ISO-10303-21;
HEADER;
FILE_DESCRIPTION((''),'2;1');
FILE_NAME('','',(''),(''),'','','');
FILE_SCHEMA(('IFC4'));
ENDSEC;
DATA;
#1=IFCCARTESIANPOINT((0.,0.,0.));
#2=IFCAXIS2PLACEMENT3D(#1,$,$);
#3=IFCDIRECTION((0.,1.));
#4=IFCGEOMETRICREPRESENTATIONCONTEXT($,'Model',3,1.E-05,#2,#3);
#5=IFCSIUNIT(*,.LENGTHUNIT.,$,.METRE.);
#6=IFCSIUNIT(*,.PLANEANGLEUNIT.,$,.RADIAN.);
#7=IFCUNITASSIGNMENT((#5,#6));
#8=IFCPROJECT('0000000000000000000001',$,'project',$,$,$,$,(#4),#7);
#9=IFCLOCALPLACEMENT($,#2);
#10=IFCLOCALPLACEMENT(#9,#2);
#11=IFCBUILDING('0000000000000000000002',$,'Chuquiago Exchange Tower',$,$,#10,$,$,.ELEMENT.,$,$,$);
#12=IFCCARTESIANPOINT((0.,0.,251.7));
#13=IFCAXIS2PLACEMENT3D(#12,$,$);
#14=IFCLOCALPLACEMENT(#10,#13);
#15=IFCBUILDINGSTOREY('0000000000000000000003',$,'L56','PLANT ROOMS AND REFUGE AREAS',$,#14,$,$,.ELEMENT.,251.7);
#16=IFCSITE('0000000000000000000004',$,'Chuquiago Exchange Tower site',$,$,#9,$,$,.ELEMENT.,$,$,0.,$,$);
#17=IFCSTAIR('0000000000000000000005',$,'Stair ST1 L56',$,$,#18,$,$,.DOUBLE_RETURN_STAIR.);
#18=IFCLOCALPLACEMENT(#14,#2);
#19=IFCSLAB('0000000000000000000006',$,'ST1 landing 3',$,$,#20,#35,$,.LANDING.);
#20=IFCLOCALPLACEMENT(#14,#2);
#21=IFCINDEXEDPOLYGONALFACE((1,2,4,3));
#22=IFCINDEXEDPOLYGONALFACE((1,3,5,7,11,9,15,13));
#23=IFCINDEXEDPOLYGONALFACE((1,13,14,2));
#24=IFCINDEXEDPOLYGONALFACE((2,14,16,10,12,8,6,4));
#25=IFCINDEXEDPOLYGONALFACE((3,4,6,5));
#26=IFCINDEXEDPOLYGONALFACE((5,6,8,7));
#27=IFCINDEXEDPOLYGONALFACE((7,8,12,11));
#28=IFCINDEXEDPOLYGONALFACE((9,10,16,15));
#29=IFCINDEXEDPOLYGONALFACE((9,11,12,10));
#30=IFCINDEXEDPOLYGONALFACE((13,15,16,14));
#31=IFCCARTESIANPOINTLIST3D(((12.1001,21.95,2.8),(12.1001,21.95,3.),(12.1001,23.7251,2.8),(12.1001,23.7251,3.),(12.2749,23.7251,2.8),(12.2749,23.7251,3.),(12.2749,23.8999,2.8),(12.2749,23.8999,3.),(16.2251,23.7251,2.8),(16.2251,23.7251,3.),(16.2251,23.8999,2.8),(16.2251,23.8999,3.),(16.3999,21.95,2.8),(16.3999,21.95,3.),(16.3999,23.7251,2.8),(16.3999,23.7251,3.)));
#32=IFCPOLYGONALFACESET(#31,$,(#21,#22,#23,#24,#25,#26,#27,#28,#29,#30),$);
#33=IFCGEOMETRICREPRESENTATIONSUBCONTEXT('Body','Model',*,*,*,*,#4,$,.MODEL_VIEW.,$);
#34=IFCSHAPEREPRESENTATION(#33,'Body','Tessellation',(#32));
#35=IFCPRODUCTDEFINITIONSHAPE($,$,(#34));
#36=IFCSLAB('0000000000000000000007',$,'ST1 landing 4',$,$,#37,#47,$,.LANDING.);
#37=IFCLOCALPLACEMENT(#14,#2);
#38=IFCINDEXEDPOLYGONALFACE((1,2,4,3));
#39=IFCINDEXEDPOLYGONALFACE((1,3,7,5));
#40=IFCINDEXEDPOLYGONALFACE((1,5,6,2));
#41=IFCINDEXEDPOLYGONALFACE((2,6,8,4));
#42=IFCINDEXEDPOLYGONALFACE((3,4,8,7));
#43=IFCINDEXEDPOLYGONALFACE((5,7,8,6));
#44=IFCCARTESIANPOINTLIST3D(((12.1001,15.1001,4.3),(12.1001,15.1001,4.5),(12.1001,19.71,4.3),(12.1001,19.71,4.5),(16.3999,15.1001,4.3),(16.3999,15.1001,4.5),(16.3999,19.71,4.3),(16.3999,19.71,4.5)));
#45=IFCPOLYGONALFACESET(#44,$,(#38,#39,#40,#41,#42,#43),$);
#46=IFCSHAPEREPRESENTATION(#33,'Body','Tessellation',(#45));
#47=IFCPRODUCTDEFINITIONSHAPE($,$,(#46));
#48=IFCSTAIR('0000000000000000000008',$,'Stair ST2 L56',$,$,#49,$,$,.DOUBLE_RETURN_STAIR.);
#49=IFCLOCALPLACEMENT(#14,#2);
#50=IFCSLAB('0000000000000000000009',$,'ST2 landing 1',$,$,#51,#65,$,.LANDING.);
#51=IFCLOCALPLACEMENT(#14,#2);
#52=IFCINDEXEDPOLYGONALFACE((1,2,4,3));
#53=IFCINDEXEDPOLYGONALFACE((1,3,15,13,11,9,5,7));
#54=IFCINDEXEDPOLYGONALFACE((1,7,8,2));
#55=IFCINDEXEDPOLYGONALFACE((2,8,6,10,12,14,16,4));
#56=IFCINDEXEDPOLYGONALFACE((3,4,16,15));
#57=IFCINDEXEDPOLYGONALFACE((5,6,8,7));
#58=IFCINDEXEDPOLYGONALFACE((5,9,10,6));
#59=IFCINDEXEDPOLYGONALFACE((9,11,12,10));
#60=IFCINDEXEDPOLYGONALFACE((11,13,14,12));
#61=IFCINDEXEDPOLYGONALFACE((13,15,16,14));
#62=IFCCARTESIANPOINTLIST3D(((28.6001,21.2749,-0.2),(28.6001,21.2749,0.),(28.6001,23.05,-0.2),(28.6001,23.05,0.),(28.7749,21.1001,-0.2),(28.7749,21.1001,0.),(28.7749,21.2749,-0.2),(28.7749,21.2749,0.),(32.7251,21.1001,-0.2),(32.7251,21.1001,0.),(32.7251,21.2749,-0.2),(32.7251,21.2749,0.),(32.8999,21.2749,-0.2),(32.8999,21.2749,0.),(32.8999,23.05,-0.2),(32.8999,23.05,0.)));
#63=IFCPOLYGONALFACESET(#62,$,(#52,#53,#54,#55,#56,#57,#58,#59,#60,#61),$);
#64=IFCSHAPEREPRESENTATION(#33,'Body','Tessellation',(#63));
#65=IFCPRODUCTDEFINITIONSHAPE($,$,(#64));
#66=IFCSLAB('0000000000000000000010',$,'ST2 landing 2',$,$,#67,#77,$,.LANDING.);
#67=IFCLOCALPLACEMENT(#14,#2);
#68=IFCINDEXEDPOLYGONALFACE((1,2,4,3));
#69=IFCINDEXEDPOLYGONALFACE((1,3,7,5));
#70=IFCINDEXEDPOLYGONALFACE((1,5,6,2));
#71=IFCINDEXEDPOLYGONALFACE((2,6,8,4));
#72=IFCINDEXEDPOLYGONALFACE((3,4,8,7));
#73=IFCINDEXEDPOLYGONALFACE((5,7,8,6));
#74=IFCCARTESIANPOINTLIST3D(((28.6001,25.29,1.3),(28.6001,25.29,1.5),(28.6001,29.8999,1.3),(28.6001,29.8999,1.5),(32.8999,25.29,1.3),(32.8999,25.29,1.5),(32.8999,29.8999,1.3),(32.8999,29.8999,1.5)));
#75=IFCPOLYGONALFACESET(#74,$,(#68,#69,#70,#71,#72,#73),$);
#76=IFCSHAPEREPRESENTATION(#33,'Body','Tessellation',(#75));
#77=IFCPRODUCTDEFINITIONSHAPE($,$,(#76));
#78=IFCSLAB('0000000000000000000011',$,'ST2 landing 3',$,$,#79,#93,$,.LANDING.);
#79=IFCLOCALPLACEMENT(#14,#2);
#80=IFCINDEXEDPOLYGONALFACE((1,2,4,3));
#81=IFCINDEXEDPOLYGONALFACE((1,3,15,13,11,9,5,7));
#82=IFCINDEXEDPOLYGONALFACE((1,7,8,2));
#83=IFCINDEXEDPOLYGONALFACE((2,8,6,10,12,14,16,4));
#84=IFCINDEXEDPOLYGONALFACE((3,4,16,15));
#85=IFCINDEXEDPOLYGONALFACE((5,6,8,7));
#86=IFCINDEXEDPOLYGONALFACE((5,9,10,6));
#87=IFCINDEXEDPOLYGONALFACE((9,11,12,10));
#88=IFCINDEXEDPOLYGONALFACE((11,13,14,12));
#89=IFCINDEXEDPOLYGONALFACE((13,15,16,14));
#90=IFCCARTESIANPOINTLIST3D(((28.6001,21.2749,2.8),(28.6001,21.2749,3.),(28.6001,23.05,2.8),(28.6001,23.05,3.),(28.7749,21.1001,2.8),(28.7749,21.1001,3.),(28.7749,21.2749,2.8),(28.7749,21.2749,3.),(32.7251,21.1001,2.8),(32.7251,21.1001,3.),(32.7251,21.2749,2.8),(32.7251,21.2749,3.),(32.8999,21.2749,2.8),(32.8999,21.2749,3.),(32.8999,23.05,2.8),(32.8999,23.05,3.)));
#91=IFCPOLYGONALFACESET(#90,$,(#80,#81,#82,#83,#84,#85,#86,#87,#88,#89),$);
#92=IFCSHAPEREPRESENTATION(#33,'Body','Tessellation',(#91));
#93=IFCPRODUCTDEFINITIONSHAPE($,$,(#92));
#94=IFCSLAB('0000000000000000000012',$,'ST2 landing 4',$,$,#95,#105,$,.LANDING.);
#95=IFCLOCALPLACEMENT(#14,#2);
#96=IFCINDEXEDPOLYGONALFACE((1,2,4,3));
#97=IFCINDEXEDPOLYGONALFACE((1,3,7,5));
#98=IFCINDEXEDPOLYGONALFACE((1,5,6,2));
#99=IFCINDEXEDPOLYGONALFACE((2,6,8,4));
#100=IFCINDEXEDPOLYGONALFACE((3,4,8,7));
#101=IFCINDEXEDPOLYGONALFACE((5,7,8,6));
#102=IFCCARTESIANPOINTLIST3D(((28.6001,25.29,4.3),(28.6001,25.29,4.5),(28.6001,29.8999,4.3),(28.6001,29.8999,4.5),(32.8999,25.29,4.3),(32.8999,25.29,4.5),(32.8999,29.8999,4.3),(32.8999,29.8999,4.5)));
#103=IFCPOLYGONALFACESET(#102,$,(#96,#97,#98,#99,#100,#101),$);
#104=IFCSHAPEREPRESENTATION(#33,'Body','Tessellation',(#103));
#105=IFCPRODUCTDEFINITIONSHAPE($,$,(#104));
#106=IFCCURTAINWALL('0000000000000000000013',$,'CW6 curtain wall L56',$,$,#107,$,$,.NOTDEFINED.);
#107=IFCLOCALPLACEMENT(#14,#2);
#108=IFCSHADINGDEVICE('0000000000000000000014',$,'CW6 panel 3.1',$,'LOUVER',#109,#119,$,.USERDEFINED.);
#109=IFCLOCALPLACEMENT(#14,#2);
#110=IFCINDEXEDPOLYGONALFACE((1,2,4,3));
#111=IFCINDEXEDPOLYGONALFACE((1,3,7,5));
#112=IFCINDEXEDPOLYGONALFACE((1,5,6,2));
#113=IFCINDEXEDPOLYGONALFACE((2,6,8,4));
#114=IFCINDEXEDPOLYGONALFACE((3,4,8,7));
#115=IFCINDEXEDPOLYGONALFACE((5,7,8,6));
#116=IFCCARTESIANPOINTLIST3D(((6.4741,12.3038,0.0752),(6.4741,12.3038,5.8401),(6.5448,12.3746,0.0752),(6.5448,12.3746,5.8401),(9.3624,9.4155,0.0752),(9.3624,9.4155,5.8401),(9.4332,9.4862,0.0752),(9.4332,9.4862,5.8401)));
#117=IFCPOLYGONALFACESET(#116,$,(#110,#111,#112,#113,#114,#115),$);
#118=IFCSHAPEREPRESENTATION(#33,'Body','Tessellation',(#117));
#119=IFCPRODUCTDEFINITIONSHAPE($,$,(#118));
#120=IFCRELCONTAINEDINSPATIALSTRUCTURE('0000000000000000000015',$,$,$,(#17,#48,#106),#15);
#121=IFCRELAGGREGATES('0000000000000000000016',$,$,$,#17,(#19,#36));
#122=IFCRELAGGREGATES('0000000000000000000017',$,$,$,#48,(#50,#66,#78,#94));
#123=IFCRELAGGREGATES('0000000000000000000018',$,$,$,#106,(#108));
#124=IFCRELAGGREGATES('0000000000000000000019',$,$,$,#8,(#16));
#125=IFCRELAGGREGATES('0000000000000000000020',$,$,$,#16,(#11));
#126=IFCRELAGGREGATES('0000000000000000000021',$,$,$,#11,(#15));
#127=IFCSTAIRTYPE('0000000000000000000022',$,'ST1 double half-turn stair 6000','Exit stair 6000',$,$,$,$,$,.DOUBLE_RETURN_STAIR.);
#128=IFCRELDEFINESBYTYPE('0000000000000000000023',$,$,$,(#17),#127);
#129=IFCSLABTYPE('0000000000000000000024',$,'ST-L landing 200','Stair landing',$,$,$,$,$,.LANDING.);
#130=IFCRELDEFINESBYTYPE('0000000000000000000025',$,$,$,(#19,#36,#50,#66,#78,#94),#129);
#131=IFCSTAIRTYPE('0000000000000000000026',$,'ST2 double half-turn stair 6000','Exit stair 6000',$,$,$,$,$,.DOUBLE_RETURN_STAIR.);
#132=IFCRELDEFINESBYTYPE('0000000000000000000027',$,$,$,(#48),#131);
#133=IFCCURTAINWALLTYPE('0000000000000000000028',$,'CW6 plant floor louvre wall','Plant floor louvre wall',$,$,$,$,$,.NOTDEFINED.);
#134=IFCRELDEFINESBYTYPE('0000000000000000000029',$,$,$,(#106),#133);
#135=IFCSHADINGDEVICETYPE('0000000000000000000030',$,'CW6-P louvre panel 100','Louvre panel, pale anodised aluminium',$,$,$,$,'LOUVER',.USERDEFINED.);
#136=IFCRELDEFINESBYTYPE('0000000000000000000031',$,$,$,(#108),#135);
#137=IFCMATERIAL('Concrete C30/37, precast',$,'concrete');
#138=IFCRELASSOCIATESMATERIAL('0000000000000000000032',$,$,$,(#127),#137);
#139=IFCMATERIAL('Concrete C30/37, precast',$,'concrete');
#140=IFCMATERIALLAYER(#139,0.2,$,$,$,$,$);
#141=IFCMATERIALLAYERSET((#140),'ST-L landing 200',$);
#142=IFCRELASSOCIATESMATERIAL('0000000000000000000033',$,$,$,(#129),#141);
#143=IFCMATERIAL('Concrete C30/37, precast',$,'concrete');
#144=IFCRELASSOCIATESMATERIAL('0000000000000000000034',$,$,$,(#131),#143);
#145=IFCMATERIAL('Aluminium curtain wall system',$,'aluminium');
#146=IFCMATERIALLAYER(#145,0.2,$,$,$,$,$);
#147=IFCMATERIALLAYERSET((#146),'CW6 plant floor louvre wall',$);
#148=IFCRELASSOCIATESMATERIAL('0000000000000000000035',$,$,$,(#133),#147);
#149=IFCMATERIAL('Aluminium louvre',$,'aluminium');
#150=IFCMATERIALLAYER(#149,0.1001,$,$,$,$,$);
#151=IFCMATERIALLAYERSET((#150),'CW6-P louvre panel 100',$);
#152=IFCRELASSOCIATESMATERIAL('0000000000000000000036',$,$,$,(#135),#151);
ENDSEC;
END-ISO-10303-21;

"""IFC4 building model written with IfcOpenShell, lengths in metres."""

from ifc_helpers import new_model, si_unit, direction, frame, origin, origin_2d, place, context, subcontext, project, spatial, polyline, rectangle, outline, extrude, material, layer, layer_set, type_object, element, aggregate, save


model = new_model("IFC4")

# Units and contexts
model_context = context("Model", 3, precision=1e-05, world=origin(), true_north=direction((0.0, 1.0)))
body_context = subcontext(model_context, "Body", "Model", "MODEL_VIEW")
ifc_project = project(units=[si_unit("LENGTHUNIT", "METRE"), si_unit("PLANEANGLEUNIT", "RADIAN")], contexts=[model_context])

# Site, building, storey
site_placement = place(None, origin())
site = spatial("IfcSite", under=ifc_project, at=site_placement, Name="Chuquiago Exchange Tower site", CompositionType="ELEMENT", RefElevation=0.0)
building_placement = place(site_placement, origin())
building = spatial("IfcBuilding", under=site, at=building_placement, Name="Chuquiago Exchange Tower", CompositionType="ELEMENT")
storey_placement = place(building_placement, frame((0.0, 0.0, 251.7)))
storey = spatial("IfcBuildingStorey", under=building, at=storey_placement, Name="L56", Description="PLANT ROOMS AND REFUGE AREAS", CompositionType="ELEMENT", Elevation=251.7)

# Stairs, slabs
ifc_material_1 = material(Name="Concrete C30/37, precast", Category="concrete")
stair_type_1 = type_object("IfcStairType", Name="ST1 double half-turn stair 6000", Description="Exit stair 6000", PredefinedType="DOUBLE_RETURN_STAIR", material=ifc_material_1)
stair_1_placement = place(storey_placement, origin())
stair_1 = element("IfcStair", 1, at=stair_1_placement, inside=storey, type_object=stair_type_1, Name="Stair ST1 L56", PredefinedType="DOUBLE_RETURN_STAIR")
ifc_material_2 = material(Name="Concrete C30/37, precast", Category="concrete")
ifc_layer_1 = layer(ifc_material_2, 0.2)
ifc_layer_set_1 = layer_set([ifc_layer_1], Name="ST-L landing 200")
slab_type_1 = type_object("IfcSlabType", Name="ST-L landing 200", Description="Stair landing", PredefinedType="LANDING", material=ifc_layer_set_1)
slab_1_placement = place(storey_placement, frame((0.0, 0.0, 2.8)))
slab_1 = element("IfcSlab", 2, at=slab_1_placement, type_object=slab_type_1, Name="ST1 landing 3", PredefinedType="LANDING", context=body_context, shape_type="SweptSolid", body=[
    extrude(outline(polyline([(12.2749, 23.8999), (16.2251, 23.8999), (16.2251, 23.7251), (16.3999, 23.7251), (16.3999, 21.95), (12.1001, 21.95), (12.1001, 23.7251), (12.2749, 23.7251), (12.2749, 23.8999)])), origin(), (0.0, 0.0, 1.0), 0.2),
])
slab_2_placement = place(storey_placement, frame((0.0, 0.0, 4.3)))
slab_2 = element("IfcSlab", 3, at=slab_2_placement, type_object=slab_type_1, Name="ST1 landing 4", PredefinedType="LANDING", context=body_context, shape_type="SweptSolid", body=[
    extrude(outline(polyline([(12.1001, 19.71), (16.3999, 19.71), (16.3999, 15.1001), (12.1001, 15.1001), (12.1001, 19.71)])), origin(), (0.0, 0.0, 1.0), 0.2),
])
aggregate(stair_1, [slab_1, slab_2])
ifc_material_3 = material(Name="Concrete C30/37, precast", Category="concrete")
stair_type_2 = type_object("IfcStairType", Name="ST2 double half-turn stair 6000", Description="Exit stair 6000", PredefinedType="DOUBLE_RETURN_STAIR", material=ifc_material_3)
stair_2_placement = place(storey_placement, origin())
stair_2 = element("IfcStair", 4, at=stair_2_placement, inside=storey, type_object=stair_type_2, Name="Stair ST2 L56", PredefinedType="DOUBLE_RETURN_STAIR")
slab_3_placement = place(storey_placement, frame((0.0, 0.0, -0.2)))
slab_3 = element("IfcSlab", 5, at=slab_3_placement, type_object=slab_type_1, Name="ST2 landing 1", PredefinedType="LANDING", context=body_context, shape_type="SweptSolid", body=[
    extrude(outline(polyline([(32.7251, 21.2749), (32.7251, 21.1001), (28.7749, 21.1001), (28.7749, 21.2749), (28.6001, 21.2749), (28.6001, 23.05), (32.8999, 23.05), (32.8999, 21.2749), (32.7251, 21.2749)])), origin(), (0.0, 0.0, 1.0), 0.2),
])
slab_4_placement = place(storey_placement, frame((0.0, 0.0, 1.3)))
slab_4 = element("IfcSlab", 6, at=slab_4_placement, type_object=slab_type_1, Name="ST2 landing 2", PredefinedType="LANDING", context=body_context, shape_type="SweptSolid", body=[
    extrude(outline(polyline([(28.6001, 29.8999), (32.8999, 29.8999), (32.8999, 25.29), (28.6001, 25.29), (28.6001, 29.8999)])), origin(), (0.0, 0.0, 1.0), 0.2),
])
slab_5_placement = place(storey_placement, frame((0.0, 0.0, 2.8)))
slab_5 = element("IfcSlab", 7, at=slab_5_placement, type_object=slab_type_1, Name="ST2 landing 3", PredefinedType="LANDING", context=body_context, shape_type="SweptSolid", body=[
    extrude(outline(polyline([(32.7251, 21.2749), (32.7251, 21.1001), (28.7749, 21.1001), (28.7749, 21.2749), (28.6001, 21.2749), (28.6001, 23.05), (32.8999, 23.05), (32.8999, 21.2749), (32.7251, 21.2749)])), origin(), (0.0, 0.0, 1.0), 0.2),
])
slab_6_placement = place(storey_placement, frame((0.0, 0.0, 4.3)))
slab_6 = element("IfcSlab", 8, at=slab_6_placement, type_object=slab_type_1, Name="ST2 landing 4", PredefinedType="LANDING", context=body_context, shape_type="SweptSolid", body=[
    extrude(outline(polyline([(28.6001, 29.8999), (32.8999, 29.8999), (32.8999, 25.29), (28.6001, 25.29), (28.6001, 29.8999)])), origin(), (0.0, 0.0, 1.0), 0.2),
])
aggregate(stair_2, [slab_3, slab_4, slab_5, slab_6])

# Curtain wall, shading device
ifc_material_4 = material(Name="Aluminium curtain wall system", Category="aluminium")
ifc_layer_2 = layer(ifc_material_4, 0.2)
ifc_layer_set_2 = layer_set([ifc_layer_2], Name="CW6 plant floor louvre wall")
curtain_wall_type = type_object("IfcCurtainWallType", Name="CW6 plant floor louvre wall", Description="Plant floor louvre wall", PredefinedType="NOTDEFINED", material=ifc_layer_set_2)
curtain_wall_placement = place(storey_placement, origin())
curtain_wall = element("IfcCurtainWall", 9, at=curtain_wall_placement, inside=storey, type_object=curtain_wall_type, Name="CW6 curtain wall L56", PredefinedType="NOTDEFINED")
ifc_material_5 = material(Name="Aluminium louvre", Category="aluminium")
ifc_layer_3 = layer(ifc_material_5, 0.1001)
ifc_layer_set_3 = layer_set([ifc_layer_3], Name="CW6-P louvre panel 100")
shading_device_type = type_object("IfcShadingDeviceType", Name="CW6-P louvre panel 100", Description="Louvre panel, pale anodised aluminium", ElementType="LOUVER", PredefinedType="USERDEFINED", material=ifc_layer_set_3)
shading_device_placement = place(storey_placement, frame((7.9536, 10.895, 0.0752), z_axis=(0.0, 0.0, 1.0), x_axis=(0.707107, -0.707107, 0.0)))
shading_device = element("IfcShadingDevice", 10, at=shading_device_placement, type_object=shading_device_type, Name="CW6 panel 3.1", ObjectType="LOUVER", PredefinedType="USERDEFINED", context=body_context, shape_type="SweptSolid", body=[
    extrude(rectangle(XDim=4.0847, YDim=0.1001, at=origin_2d()), origin(), (0.0, 0.0, 1.0), 5.7649),
])
aggregate(curtain_wall, [shading_device])

save(model, "model.ifc")
